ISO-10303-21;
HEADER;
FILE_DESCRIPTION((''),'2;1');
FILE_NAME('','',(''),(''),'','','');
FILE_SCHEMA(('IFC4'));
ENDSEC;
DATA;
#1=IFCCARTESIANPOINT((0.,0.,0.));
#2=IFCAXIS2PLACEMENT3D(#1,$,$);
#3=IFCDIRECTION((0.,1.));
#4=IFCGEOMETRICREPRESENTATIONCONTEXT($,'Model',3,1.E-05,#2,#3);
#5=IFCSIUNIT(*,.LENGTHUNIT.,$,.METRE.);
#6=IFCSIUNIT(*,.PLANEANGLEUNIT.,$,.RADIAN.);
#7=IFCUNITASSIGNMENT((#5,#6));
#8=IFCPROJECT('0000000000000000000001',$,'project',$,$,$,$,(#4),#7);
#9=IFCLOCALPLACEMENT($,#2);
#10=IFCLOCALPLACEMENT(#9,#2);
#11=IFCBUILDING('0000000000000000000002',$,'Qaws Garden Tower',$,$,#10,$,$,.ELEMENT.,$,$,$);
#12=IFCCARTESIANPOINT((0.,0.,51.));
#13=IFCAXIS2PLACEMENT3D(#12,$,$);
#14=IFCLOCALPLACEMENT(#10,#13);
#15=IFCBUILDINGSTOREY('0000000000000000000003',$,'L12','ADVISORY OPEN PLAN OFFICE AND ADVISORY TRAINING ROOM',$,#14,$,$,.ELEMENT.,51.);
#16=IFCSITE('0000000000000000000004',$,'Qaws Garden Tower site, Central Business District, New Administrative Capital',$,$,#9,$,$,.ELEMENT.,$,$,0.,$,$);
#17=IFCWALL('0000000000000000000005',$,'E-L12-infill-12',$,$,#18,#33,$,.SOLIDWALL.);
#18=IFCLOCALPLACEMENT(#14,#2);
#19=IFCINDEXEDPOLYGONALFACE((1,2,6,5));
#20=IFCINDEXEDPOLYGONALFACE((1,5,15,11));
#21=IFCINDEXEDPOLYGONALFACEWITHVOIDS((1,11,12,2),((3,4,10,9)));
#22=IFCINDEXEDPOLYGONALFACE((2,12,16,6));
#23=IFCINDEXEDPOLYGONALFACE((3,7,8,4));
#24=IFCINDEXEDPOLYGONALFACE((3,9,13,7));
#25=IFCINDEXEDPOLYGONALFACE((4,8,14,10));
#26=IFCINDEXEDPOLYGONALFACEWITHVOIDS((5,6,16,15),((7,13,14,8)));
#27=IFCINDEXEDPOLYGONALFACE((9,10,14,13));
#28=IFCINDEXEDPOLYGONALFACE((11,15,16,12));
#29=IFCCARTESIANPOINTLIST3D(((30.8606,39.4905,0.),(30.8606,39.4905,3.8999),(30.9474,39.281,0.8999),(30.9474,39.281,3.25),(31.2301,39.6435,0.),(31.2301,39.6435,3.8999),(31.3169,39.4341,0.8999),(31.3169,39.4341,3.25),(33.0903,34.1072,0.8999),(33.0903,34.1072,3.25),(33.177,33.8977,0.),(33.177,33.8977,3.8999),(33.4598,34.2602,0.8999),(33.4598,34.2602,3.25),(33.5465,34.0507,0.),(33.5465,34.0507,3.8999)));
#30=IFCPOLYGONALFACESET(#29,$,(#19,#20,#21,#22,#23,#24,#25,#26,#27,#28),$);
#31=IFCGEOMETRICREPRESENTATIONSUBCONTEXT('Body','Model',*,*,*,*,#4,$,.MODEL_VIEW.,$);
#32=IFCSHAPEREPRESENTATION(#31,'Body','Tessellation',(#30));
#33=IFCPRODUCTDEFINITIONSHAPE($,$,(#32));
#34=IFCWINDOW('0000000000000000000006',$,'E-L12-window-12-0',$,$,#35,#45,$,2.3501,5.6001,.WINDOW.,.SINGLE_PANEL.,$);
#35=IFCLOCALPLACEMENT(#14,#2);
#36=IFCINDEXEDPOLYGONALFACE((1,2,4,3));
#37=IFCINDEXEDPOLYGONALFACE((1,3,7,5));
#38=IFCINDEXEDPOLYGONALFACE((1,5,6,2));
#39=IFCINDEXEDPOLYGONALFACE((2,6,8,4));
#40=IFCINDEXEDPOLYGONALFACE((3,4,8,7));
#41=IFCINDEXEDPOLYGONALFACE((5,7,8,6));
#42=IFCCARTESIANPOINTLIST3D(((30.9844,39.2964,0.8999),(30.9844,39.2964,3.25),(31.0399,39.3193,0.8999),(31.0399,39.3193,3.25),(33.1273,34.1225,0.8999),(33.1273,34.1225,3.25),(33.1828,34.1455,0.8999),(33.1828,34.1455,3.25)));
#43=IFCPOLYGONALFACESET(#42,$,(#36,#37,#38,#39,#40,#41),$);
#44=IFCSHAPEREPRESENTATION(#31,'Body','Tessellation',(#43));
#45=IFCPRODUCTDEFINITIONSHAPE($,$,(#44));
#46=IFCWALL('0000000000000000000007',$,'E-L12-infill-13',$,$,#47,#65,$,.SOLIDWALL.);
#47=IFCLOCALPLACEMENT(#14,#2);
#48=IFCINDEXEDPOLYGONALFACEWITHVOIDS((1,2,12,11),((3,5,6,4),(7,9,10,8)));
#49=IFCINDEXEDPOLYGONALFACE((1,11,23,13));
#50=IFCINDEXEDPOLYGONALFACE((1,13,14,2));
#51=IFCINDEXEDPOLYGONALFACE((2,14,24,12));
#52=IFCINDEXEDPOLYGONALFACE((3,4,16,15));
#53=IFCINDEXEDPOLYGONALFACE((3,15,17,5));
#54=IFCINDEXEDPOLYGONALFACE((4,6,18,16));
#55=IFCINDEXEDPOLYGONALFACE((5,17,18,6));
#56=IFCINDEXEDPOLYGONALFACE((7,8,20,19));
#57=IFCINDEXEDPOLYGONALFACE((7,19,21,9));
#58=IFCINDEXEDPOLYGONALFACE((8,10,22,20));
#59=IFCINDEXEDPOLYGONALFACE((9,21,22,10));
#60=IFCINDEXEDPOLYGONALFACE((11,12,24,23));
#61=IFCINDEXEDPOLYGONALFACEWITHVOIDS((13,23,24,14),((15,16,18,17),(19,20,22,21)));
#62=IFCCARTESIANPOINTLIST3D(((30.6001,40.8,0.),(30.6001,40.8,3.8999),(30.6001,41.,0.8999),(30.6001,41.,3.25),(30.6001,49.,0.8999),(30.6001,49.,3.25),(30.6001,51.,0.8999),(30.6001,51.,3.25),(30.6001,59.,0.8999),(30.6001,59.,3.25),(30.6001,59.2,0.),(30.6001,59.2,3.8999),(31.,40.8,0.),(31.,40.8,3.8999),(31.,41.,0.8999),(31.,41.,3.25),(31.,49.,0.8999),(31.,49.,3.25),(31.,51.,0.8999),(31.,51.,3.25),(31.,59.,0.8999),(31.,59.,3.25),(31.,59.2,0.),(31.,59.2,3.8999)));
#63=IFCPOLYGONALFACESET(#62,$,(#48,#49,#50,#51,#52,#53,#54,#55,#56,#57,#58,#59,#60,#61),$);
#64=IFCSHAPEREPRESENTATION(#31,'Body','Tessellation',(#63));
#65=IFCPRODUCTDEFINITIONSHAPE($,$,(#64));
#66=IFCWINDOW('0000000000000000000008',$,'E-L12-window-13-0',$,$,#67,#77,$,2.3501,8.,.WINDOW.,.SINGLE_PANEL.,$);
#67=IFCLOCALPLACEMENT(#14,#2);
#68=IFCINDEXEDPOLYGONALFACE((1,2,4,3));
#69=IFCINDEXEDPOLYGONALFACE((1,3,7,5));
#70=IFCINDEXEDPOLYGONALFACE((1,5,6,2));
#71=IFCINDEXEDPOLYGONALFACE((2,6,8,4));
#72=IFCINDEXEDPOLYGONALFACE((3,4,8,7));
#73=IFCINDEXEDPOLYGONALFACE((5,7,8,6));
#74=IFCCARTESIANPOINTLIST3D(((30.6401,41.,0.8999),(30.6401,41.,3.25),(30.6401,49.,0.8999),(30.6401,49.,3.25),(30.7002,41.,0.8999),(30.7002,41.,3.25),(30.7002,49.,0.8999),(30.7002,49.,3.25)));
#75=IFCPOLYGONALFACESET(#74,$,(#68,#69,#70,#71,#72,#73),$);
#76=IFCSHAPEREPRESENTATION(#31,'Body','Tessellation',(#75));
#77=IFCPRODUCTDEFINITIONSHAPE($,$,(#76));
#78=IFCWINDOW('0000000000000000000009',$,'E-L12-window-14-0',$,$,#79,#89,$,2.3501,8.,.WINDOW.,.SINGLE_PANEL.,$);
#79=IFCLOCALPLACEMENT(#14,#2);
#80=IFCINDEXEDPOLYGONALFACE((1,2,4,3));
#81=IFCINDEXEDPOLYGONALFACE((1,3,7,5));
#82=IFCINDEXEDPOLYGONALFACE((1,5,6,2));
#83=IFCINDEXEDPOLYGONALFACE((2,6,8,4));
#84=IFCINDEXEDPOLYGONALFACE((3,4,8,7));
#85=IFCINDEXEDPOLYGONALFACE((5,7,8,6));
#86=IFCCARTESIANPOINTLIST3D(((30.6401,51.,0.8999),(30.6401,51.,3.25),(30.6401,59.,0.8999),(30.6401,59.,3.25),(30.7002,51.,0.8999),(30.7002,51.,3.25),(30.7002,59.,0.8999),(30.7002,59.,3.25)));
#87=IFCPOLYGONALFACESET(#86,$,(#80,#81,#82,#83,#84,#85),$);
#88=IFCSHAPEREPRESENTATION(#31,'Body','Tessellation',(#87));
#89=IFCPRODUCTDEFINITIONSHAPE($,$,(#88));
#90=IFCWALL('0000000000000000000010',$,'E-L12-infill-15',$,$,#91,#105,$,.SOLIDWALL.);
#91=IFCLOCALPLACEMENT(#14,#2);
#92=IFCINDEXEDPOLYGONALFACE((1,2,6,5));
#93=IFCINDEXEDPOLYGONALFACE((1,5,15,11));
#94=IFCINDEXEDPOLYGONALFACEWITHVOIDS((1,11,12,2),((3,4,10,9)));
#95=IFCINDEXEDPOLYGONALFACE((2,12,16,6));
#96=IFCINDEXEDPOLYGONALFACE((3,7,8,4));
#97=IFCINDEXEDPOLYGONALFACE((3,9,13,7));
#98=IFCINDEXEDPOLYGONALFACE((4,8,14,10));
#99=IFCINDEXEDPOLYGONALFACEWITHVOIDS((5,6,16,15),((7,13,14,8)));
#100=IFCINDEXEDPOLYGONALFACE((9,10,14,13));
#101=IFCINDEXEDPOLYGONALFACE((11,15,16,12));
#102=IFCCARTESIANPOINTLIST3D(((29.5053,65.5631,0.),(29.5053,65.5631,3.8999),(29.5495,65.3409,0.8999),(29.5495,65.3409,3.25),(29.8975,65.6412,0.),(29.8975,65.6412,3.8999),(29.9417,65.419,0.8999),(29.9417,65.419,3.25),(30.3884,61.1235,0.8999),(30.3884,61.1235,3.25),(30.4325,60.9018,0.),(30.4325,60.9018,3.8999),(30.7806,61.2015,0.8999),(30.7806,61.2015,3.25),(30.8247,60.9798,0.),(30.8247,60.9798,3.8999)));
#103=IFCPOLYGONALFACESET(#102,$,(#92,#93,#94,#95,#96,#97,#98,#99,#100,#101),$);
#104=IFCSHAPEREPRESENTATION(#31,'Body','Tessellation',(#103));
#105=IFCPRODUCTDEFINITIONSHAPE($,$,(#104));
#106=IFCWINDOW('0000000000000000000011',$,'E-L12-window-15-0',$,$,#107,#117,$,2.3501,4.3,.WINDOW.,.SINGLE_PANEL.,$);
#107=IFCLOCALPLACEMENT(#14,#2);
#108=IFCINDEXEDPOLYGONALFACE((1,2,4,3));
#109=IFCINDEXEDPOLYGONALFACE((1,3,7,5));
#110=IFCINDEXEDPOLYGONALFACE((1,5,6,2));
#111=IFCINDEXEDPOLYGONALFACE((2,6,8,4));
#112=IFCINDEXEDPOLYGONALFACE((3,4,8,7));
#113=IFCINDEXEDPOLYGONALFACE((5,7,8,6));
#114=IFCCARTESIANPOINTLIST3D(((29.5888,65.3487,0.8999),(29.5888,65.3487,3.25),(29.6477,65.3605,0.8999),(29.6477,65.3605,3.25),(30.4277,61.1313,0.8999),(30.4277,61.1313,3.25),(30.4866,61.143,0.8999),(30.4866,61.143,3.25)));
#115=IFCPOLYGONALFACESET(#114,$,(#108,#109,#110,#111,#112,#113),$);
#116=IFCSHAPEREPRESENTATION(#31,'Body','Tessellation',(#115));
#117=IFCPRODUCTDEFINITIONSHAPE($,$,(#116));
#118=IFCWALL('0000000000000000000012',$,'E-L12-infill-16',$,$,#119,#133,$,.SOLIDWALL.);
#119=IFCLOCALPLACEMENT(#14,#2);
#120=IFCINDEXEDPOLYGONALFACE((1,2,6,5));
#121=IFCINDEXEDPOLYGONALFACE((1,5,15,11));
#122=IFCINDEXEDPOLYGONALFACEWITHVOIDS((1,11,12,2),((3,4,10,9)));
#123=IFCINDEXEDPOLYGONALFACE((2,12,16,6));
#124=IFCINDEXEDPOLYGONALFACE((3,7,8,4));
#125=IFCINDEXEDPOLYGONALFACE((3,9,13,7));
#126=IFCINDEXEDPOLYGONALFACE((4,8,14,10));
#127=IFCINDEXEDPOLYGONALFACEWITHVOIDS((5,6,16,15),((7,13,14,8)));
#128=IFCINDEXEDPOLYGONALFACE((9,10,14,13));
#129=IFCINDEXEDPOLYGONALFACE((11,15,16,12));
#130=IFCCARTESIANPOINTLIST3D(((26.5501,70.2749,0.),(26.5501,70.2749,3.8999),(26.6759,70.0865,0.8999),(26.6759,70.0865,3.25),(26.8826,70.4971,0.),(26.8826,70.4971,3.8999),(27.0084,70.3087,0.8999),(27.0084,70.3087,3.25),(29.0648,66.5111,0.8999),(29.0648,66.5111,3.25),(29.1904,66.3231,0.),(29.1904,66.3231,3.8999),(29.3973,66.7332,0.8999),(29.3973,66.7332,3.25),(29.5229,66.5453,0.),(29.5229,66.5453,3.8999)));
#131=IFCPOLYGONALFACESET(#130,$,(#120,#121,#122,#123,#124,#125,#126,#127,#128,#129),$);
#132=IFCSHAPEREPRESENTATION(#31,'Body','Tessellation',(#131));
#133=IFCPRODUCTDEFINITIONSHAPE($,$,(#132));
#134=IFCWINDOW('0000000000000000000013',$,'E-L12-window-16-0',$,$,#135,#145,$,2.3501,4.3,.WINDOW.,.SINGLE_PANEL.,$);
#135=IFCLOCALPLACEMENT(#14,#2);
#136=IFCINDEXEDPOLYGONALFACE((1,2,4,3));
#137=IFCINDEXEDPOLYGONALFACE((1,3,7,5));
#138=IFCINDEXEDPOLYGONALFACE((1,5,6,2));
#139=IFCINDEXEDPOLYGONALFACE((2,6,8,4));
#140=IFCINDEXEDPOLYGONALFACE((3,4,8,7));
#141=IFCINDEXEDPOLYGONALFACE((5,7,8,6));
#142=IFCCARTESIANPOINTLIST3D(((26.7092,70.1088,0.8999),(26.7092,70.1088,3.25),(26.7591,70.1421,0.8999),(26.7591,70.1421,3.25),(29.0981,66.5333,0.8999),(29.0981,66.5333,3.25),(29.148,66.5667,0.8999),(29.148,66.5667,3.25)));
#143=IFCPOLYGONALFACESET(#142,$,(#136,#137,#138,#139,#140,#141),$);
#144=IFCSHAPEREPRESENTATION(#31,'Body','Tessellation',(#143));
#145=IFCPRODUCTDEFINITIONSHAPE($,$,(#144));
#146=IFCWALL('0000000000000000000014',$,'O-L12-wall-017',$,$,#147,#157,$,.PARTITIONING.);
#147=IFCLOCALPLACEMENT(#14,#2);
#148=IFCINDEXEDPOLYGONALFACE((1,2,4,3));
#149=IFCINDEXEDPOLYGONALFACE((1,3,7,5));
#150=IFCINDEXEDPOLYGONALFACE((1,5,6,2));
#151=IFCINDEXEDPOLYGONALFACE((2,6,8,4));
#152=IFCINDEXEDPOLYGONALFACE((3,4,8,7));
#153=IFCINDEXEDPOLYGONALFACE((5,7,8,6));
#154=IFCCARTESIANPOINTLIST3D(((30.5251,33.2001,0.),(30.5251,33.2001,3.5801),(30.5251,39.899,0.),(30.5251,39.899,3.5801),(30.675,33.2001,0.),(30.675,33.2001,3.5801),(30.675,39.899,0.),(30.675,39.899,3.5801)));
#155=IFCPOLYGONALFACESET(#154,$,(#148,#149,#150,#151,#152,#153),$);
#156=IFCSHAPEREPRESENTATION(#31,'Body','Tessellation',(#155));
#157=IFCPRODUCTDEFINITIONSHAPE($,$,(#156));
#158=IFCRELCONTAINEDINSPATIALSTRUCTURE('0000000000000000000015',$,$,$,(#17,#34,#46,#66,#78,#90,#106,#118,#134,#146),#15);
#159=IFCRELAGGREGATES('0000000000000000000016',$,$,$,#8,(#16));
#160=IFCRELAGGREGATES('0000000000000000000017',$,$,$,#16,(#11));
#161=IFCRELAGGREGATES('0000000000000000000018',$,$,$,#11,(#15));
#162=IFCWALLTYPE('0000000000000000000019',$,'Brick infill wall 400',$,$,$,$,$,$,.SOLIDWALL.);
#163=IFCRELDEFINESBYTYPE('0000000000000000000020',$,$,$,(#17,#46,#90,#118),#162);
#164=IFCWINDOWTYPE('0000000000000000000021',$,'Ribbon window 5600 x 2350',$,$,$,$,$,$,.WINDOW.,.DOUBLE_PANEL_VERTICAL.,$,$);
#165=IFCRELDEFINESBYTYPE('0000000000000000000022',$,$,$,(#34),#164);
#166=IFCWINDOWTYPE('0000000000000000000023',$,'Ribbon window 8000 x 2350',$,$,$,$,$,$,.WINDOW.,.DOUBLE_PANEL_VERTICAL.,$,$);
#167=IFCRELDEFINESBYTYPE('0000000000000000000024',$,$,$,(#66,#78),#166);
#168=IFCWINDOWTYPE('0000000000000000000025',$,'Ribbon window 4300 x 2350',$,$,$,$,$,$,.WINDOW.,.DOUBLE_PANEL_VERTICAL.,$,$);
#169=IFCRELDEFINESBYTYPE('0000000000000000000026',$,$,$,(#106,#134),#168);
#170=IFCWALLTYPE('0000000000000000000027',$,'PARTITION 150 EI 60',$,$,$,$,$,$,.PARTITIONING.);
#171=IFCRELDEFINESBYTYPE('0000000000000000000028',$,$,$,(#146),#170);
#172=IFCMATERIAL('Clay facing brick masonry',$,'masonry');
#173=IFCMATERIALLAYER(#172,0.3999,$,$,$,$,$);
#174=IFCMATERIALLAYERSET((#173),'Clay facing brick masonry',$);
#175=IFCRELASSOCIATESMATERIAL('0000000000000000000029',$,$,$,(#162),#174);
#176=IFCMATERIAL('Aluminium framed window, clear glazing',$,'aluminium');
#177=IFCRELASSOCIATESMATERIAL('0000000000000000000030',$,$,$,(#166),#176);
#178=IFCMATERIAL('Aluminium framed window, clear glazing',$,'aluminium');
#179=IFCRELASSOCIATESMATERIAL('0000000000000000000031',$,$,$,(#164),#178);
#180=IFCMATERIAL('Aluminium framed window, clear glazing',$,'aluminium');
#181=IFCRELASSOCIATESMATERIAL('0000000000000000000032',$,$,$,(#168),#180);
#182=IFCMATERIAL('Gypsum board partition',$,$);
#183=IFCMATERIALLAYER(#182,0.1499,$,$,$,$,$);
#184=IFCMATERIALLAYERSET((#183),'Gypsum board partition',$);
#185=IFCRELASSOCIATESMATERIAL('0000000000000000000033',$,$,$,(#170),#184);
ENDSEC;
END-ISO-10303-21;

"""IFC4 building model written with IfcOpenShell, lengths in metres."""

from ifc_helpers import new_model, si_unit, direction, frame, frame_2d, origin, place, context, subcontext, project, spatial, rectangle, extrude, material, layer, layer_set, type_object, element, fill, save


model = new_model("IFC4")

# Units and contexts
model_context = context("Model", 3, precision=1e-05, world=origin(), true_north=direction((0.0, 1.0)))
body_context = subcontext(model_context, "Body", "Model", "MODEL_VIEW")
ifc_project = project(units=[si_unit("LENGTHUNIT", "METRE"), si_unit("PLANEANGLEUNIT", "RADIAN")], contexts=[model_context])

# Site, building, storey
site_placement = place(None, origin())
site = spatial("IfcSite", under=ifc_project, at=site_placement, Name="Qaws Garden Tower site, Central Business District, New Administrative Capital", CompositionType="ELEMENT", RefElevation=0.0)
building_placement = place(site_placement, origin())
building = spatial("IfcBuilding", under=site, at=building_placement, Name="Qaws Garden Tower", CompositionType="ELEMENT")
storey_placement = place(building_placement, frame((0.0, 0.0, 51.0)))
storey = spatial("IfcBuildingStorey", under=building, at=storey_placement, Name="L12", Description="ADVISORY OPEN PLAN OFFICE AND ADVISORY TRAINING ROOM", CompositionType="ELEMENT", Elevation=51.0)

# Shared definitions
ifc_material_1 = material(Name="Clay facing brick masonry", Category="masonry")
ifc_layer_1 = layer(ifc_material_1, 0.3999)
ifc_layer_set_1 = layer_set([ifc_layer_1], Name="Clay facing brick masonry")
wall_type_1 = type_object("IfcWallType", Name="Brick infill wall 400", PredefinedType="SOLIDWALL", material=ifc_layer_set_1)
ifc_material_2 = material(Name="Aluminium framed window, clear glazing", Category="aluminium")
window_type_1 = type_object("IfcWindowType", Name="Ribbon window 8000 x 2350", PartitioningType="DOUBLE_PANEL_VERTICAL", PredefinedType="WINDOW", material=ifc_material_2)

# Wall, opening, window
ifc_material_3 = material(Name="Aluminium framed window, clear glazing", Category="aluminium")
window_type_2 = type_object("IfcWindowType", Name="Ribbon window 5600 x 2350", PartitioningType="DOUBLE_PANEL_VERTICAL", PredefinedType="WINDOW", material=ifc_material_3)
wall_1_placement = place(storey_placement, frame((33.3618, 33.9741, 0.0), z_axis=(0.0, 0.0, 1.0), x_axis=(-0.382656, 0.923891, 0.0)))
wall_1 = element("IfcWall", 1, at=wall_1_placement, inside=storey, type_object=wall_type_1, Name="E-L12-infill-12", PredefinedType="SOLIDWALL", context=body_context, shape_type="SweptSolid", body=[
    extrude(rectangle(XDim=6.0535, YDim=0.3999, at=frame_2d((3.0269, 0.0))), origin(), (0.0, 0.0, 1.0), 3.8999),
])
opening_1_placement = place(wall_1_placement, frame((0.2268, 0.0, 0.8999)))
opening_1 = element("IfcOpeningElement", 2, at=opening_1_placement, cuts=wall_1, PredefinedType="OPENING", context=body_context, shape_type="SweptSolid", body=[
    extrude(rectangle(XDim=5.6001, YDim=2.3501, at=frame_2d((2.8, 1.175))), frame((0.0, 0.21, 0.0), z_axis=(0.0, -1.0, 0.0), x_axis=(1.0, 0.0, 0.0)), (0.0, 0.0, 1.0), 0.4199),
])
window_1_placement = place(opening_1_placement, origin())
window_1 = element("IfcWindow", 3, at=window_1_placement, inside=storey, type_object=window_type_2, Name="E-L12-window-12-0", OverallHeight=2.3501, OverallWidth=5.6001, PartitioningType="SINGLE_PANEL", PredefinedType="WINDOW", context=body_context, shape_type="SweptSolid", body=[
    extrude(rectangle(XDim=5.6001, YDim=2.3501, at=frame_2d((2.8, 1.175))), frame((0.0, 0.1599, 0.0), z_axis=(0.0, -1.0, 0.0), x_axis=(1.0, 0.0, 0.0)), (0.0, 0.0, 1.0), 0.0601),
])
fill(opening_1, window_1)

# Wall, openings, windows
wall_2_placement = place(storey_placement, frame((30.8, 40.8, 0.0), z_axis=(0.0, 0.0, 1.0), x_axis=(0.0, 1.0, 0.0)))
wall_2 = element("IfcWall", 4, at=wall_2_placement, inside=storey, type_object=wall_type_1, Name="E-L12-infill-13", PredefinedType="SOLIDWALL", context=body_context, shape_type="SweptSolid", body=[
    extrude(rectangle(XDim=18.3999, YDim=0.3999, at=frame_2d((9.2, 0.0))), origin(), (0.0, 0.0, 1.0), 3.8999),
])
opening_2_placement = place(wall_2_placement, frame((0.2, 0.0, 0.8999)))
opening_2 = element("IfcOpeningElement", 5, at=opening_2_placement, cuts=wall_2, PredefinedType="OPENING", context=body_context, shape_type="SweptSolid", body=[
    extrude(rectangle(XDim=8.0, YDim=2.3501, at=frame_2d((4.0, 1.175))), frame((0.0, 0.21, 0.0), z_axis=(0.0, -1.0, 0.0), x_axis=(1.0, 0.0, 0.0)), (0.0, 0.0, 1.0), 0.4199),
])
opening_3_placement = place(wall_2_placement, frame((10.2, 0.0, 0.8999)))
opening_3 = element("IfcOpeningElement", 6, at=opening_3_placement, cuts=wall_2, PredefinedType="OPENING", context=body_context, shape_type="SweptSolid", body=[
    extrude(rectangle(XDim=8.0, YDim=2.3501, at=frame_2d((4.0, 1.175))), frame((0.0, 0.21, 0.0), z_axis=(0.0, -1.0, 0.0), x_axis=(1.0, 0.0, 0.0)), (0.0, 0.0, 1.0), 0.4199),
])
window_2_placement = place(opening_2_placement, origin())
window_2 = element("IfcWindow", 7, at=window_2_placement, inside=storey, type_object=window_type_1, Name="E-L12-window-13-0", OverallHeight=2.3501, OverallWidth=8.0, PartitioningType="SINGLE_PANEL", PredefinedType="WINDOW", context=body_context, shape_type="SweptSolid", body=[
    extrude(rectangle(XDim=8.0, YDim=2.3501, at=frame_2d((4.0, 1.175))), frame((0.0, 0.1599, 0.0), z_axis=(0.0, -1.0, 0.0), x_axis=(1.0, 0.0, 0.0)), (0.0, 0.0, 1.0), 0.0601),
])
fill(opening_2, window_2)
window_3_placement = place(opening_3_placement, origin())
window_3 = element("IfcWindow", 8, at=window_3_placement, inside=storey, type_object=window_type_1, Name="E-L12-window-14-0", OverallHeight=2.3501, OverallWidth=8.0, PartitioningType="SINGLE_PANEL", PredefinedType="WINDOW", context=body_context, shape_type="SweptSolid", body=[
    extrude(rectangle(XDim=8.0, YDim=2.3501, at=frame_2d((4.0, 1.175))), frame((0.0, 0.1599, 0.0), z_axis=(0.0, -1.0, 0.0), x_axis=(1.0, 0.0, 0.0)), (0.0, 0.0, 1.0), 0.0601),
])
fill(opening_3, window_3)

# Walls, openings, windows
wall_3_placement = place(storey_placement, frame((30.6287, 60.9407, 0.0), z_axis=(0.0, 0.0, 1.0), x_axis=(-0.195099, 0.980784, 0.0)))
wall_3 = element("IfcWall", 9, at=wall_3_placement, inside=storey, type_object=wall_type_1, Name="E-L12-infill-15", PredefinedType="SOLIDWALL", context=body_context, shape_type="SweptSolid", body=[
    extrude(rectangle(XDim=4.7527, YDim=0.3999, at=frame_2d((2.3765, 0.0))), origin(), (0.0, 0.0, 1.0), 3.8999),
])
opening_4_placement = place(wall_3_placement, frame((0.2263, 0.0, 0.8999)))
opening_4 = element("IfcOpeningElement", 10, at=opening_4_placement, cuts=wall_3, PredefinedType="OPENING", context=body_context, shape_type="SweptSolid", body=[
    extrude(rectangle(XDim=4.3, YDim=2.3501, at=frame_2d((2.1499, 1.175))), frame((0.0, 0.21, 0.0), z_axis=(0.0, -1.0, 0.0), x_axis=(1.0, 0.0, 0.0)), (0.0, 0.0, 1.0), 0.4199),
])
ifc_material_4 = material(Name="Aluminium framed window, clear glazing", Category="aluminium")
window_type_3 = type_object("IfcWindowType", Name="Ribbon window 4300 x 2350", PartitioningType="DOUBLE_PANEL_VERTICAL", PredefinedType="WINDOW", material=ifc_material_4)
window_4_placement = place(opening_4_placement, origin())
window_4 = element("IfcWindow", 11, at=window_4_placement, inside=storey, type_object=window_type_3, Name="E-L12-window-15-0", OverallHeight=2.3501, OverallWidth=4.3, PartitioningType="SINGLE_PANEL", PredefinedType="WINDOW", context=body_context, shape_type="SweptSolid", body=[
    extrude(rectangle(XDim=4.3, YDim=2.3501, at=frame_2d((2.1499, 1.175))), frame((0.0, 0.1599, 0.0), z_axis=(0.0, -1.0, 0.0), x_axis=(1.0, 0.0, 0.0)), (0.0, 0.0, 1.0), 0.0601),
])
fill(opening_4, window_4)
wall_4_placement = place(storey_placement, frame((29.3567, 66.4341, 0.0), z_axis=(0.0, 0.0, 1.0), x_axis=(-0.555542, 0.831489, 0.0)))
wall_4 = element("IfcWall", 12, at=wall_4_placement, inside=storey, type_object=wall_type_1, Name="E-L12-infill-16", PredefinedType="SOLIDWALL", context=body_context, shape_type="SweptSolid", body=[
    extrude(rectangle(XDim=4.7527, YDim=0.3999, at=frame_2d((2.3765, 0.0))), origin(), (0.0, 0.0, 1.0), 3.8999),
])
opening_5_placement = place(wall_4_placement, frame((0.2263, 0.0, 0.8999)))
opening_5 = element("IfcOpeningElement", 13, at=opening_5_placement, cuts=wall_4, PredefinedType="OPENING", context=body_context, shape_type="SweptSolid", body=[
    extrude(rectangle(XDim=4.3, YDim=2.3501, at=frame_2d((2.1499, 1.175))), frame((0.0, 0.21, 0.0), z_axis=(0.0, -1.0, 0.0), x_axis=(1.0, 0.0, 0.0)), (0.0, 0.0, 1.0), 0.4199),
])
window_5_placement = place(opening_5_placement, origin())
window_5 = element("IfcWindow", 14, at=window_5_placement, inside=storey, type_object=window_type_3, Name="E-L12-window-16-0", OverallHeight=2.3501, OverallWidth=4.3, PartitioningType="SINGLE_PANEL", PredefinedType="WINDOW", context=body_context, shape_type="SweptSolid", body=[
    extrude(rectangle(XDim=4.3, YDim=2.3501, at=frame_2d((2.1499, 1.175))), frame((0.0, 0.1599, 0.0), z_axis=(0.0, -1.0, 0.0), x_axis=(1.0, 0.0, 0.0)), (0.0, 0.0, 1.0), 0.0601),
])
fill(opening_5, window_5)

# Wall
ifc_material_5 = material(Name="Gypsum board partition")
ifc_layer_2 = layer(ifc_material_5, 0.1499)
ifc_layer_set_2 = layer_set([ifc_layer_2], Name="Gypsum board partition")
wall_type_2 = type_object("IfcWallType", Name="PARTITION 150 EI 60", PredefinedType="PARTITIONING", material=ifc_layer_set_2)
wall_5_placement = place(storey_placement, frame((30.6001, 33.2, 0.0), z_axis=(0.0, 0.0, 1.0), x_axis=(0.0, 1.0, 0.0)))
element("IfcWall", 15, at=wall_5_placement, inside=storey, type_object=wall_type_2, Name="O-L12-wall-017", PredefinedType="PARTITIONING", context=body_context, shape_type="SweptSolid", body=[
    extrude(rectangle(XDim=6.699, YDim=0.1499, at=frame_2d((3.3496, 0.0))), origin(), (0.0, 0.0, 1.0), 3.5801),
])

save(model, "model.ifc")
